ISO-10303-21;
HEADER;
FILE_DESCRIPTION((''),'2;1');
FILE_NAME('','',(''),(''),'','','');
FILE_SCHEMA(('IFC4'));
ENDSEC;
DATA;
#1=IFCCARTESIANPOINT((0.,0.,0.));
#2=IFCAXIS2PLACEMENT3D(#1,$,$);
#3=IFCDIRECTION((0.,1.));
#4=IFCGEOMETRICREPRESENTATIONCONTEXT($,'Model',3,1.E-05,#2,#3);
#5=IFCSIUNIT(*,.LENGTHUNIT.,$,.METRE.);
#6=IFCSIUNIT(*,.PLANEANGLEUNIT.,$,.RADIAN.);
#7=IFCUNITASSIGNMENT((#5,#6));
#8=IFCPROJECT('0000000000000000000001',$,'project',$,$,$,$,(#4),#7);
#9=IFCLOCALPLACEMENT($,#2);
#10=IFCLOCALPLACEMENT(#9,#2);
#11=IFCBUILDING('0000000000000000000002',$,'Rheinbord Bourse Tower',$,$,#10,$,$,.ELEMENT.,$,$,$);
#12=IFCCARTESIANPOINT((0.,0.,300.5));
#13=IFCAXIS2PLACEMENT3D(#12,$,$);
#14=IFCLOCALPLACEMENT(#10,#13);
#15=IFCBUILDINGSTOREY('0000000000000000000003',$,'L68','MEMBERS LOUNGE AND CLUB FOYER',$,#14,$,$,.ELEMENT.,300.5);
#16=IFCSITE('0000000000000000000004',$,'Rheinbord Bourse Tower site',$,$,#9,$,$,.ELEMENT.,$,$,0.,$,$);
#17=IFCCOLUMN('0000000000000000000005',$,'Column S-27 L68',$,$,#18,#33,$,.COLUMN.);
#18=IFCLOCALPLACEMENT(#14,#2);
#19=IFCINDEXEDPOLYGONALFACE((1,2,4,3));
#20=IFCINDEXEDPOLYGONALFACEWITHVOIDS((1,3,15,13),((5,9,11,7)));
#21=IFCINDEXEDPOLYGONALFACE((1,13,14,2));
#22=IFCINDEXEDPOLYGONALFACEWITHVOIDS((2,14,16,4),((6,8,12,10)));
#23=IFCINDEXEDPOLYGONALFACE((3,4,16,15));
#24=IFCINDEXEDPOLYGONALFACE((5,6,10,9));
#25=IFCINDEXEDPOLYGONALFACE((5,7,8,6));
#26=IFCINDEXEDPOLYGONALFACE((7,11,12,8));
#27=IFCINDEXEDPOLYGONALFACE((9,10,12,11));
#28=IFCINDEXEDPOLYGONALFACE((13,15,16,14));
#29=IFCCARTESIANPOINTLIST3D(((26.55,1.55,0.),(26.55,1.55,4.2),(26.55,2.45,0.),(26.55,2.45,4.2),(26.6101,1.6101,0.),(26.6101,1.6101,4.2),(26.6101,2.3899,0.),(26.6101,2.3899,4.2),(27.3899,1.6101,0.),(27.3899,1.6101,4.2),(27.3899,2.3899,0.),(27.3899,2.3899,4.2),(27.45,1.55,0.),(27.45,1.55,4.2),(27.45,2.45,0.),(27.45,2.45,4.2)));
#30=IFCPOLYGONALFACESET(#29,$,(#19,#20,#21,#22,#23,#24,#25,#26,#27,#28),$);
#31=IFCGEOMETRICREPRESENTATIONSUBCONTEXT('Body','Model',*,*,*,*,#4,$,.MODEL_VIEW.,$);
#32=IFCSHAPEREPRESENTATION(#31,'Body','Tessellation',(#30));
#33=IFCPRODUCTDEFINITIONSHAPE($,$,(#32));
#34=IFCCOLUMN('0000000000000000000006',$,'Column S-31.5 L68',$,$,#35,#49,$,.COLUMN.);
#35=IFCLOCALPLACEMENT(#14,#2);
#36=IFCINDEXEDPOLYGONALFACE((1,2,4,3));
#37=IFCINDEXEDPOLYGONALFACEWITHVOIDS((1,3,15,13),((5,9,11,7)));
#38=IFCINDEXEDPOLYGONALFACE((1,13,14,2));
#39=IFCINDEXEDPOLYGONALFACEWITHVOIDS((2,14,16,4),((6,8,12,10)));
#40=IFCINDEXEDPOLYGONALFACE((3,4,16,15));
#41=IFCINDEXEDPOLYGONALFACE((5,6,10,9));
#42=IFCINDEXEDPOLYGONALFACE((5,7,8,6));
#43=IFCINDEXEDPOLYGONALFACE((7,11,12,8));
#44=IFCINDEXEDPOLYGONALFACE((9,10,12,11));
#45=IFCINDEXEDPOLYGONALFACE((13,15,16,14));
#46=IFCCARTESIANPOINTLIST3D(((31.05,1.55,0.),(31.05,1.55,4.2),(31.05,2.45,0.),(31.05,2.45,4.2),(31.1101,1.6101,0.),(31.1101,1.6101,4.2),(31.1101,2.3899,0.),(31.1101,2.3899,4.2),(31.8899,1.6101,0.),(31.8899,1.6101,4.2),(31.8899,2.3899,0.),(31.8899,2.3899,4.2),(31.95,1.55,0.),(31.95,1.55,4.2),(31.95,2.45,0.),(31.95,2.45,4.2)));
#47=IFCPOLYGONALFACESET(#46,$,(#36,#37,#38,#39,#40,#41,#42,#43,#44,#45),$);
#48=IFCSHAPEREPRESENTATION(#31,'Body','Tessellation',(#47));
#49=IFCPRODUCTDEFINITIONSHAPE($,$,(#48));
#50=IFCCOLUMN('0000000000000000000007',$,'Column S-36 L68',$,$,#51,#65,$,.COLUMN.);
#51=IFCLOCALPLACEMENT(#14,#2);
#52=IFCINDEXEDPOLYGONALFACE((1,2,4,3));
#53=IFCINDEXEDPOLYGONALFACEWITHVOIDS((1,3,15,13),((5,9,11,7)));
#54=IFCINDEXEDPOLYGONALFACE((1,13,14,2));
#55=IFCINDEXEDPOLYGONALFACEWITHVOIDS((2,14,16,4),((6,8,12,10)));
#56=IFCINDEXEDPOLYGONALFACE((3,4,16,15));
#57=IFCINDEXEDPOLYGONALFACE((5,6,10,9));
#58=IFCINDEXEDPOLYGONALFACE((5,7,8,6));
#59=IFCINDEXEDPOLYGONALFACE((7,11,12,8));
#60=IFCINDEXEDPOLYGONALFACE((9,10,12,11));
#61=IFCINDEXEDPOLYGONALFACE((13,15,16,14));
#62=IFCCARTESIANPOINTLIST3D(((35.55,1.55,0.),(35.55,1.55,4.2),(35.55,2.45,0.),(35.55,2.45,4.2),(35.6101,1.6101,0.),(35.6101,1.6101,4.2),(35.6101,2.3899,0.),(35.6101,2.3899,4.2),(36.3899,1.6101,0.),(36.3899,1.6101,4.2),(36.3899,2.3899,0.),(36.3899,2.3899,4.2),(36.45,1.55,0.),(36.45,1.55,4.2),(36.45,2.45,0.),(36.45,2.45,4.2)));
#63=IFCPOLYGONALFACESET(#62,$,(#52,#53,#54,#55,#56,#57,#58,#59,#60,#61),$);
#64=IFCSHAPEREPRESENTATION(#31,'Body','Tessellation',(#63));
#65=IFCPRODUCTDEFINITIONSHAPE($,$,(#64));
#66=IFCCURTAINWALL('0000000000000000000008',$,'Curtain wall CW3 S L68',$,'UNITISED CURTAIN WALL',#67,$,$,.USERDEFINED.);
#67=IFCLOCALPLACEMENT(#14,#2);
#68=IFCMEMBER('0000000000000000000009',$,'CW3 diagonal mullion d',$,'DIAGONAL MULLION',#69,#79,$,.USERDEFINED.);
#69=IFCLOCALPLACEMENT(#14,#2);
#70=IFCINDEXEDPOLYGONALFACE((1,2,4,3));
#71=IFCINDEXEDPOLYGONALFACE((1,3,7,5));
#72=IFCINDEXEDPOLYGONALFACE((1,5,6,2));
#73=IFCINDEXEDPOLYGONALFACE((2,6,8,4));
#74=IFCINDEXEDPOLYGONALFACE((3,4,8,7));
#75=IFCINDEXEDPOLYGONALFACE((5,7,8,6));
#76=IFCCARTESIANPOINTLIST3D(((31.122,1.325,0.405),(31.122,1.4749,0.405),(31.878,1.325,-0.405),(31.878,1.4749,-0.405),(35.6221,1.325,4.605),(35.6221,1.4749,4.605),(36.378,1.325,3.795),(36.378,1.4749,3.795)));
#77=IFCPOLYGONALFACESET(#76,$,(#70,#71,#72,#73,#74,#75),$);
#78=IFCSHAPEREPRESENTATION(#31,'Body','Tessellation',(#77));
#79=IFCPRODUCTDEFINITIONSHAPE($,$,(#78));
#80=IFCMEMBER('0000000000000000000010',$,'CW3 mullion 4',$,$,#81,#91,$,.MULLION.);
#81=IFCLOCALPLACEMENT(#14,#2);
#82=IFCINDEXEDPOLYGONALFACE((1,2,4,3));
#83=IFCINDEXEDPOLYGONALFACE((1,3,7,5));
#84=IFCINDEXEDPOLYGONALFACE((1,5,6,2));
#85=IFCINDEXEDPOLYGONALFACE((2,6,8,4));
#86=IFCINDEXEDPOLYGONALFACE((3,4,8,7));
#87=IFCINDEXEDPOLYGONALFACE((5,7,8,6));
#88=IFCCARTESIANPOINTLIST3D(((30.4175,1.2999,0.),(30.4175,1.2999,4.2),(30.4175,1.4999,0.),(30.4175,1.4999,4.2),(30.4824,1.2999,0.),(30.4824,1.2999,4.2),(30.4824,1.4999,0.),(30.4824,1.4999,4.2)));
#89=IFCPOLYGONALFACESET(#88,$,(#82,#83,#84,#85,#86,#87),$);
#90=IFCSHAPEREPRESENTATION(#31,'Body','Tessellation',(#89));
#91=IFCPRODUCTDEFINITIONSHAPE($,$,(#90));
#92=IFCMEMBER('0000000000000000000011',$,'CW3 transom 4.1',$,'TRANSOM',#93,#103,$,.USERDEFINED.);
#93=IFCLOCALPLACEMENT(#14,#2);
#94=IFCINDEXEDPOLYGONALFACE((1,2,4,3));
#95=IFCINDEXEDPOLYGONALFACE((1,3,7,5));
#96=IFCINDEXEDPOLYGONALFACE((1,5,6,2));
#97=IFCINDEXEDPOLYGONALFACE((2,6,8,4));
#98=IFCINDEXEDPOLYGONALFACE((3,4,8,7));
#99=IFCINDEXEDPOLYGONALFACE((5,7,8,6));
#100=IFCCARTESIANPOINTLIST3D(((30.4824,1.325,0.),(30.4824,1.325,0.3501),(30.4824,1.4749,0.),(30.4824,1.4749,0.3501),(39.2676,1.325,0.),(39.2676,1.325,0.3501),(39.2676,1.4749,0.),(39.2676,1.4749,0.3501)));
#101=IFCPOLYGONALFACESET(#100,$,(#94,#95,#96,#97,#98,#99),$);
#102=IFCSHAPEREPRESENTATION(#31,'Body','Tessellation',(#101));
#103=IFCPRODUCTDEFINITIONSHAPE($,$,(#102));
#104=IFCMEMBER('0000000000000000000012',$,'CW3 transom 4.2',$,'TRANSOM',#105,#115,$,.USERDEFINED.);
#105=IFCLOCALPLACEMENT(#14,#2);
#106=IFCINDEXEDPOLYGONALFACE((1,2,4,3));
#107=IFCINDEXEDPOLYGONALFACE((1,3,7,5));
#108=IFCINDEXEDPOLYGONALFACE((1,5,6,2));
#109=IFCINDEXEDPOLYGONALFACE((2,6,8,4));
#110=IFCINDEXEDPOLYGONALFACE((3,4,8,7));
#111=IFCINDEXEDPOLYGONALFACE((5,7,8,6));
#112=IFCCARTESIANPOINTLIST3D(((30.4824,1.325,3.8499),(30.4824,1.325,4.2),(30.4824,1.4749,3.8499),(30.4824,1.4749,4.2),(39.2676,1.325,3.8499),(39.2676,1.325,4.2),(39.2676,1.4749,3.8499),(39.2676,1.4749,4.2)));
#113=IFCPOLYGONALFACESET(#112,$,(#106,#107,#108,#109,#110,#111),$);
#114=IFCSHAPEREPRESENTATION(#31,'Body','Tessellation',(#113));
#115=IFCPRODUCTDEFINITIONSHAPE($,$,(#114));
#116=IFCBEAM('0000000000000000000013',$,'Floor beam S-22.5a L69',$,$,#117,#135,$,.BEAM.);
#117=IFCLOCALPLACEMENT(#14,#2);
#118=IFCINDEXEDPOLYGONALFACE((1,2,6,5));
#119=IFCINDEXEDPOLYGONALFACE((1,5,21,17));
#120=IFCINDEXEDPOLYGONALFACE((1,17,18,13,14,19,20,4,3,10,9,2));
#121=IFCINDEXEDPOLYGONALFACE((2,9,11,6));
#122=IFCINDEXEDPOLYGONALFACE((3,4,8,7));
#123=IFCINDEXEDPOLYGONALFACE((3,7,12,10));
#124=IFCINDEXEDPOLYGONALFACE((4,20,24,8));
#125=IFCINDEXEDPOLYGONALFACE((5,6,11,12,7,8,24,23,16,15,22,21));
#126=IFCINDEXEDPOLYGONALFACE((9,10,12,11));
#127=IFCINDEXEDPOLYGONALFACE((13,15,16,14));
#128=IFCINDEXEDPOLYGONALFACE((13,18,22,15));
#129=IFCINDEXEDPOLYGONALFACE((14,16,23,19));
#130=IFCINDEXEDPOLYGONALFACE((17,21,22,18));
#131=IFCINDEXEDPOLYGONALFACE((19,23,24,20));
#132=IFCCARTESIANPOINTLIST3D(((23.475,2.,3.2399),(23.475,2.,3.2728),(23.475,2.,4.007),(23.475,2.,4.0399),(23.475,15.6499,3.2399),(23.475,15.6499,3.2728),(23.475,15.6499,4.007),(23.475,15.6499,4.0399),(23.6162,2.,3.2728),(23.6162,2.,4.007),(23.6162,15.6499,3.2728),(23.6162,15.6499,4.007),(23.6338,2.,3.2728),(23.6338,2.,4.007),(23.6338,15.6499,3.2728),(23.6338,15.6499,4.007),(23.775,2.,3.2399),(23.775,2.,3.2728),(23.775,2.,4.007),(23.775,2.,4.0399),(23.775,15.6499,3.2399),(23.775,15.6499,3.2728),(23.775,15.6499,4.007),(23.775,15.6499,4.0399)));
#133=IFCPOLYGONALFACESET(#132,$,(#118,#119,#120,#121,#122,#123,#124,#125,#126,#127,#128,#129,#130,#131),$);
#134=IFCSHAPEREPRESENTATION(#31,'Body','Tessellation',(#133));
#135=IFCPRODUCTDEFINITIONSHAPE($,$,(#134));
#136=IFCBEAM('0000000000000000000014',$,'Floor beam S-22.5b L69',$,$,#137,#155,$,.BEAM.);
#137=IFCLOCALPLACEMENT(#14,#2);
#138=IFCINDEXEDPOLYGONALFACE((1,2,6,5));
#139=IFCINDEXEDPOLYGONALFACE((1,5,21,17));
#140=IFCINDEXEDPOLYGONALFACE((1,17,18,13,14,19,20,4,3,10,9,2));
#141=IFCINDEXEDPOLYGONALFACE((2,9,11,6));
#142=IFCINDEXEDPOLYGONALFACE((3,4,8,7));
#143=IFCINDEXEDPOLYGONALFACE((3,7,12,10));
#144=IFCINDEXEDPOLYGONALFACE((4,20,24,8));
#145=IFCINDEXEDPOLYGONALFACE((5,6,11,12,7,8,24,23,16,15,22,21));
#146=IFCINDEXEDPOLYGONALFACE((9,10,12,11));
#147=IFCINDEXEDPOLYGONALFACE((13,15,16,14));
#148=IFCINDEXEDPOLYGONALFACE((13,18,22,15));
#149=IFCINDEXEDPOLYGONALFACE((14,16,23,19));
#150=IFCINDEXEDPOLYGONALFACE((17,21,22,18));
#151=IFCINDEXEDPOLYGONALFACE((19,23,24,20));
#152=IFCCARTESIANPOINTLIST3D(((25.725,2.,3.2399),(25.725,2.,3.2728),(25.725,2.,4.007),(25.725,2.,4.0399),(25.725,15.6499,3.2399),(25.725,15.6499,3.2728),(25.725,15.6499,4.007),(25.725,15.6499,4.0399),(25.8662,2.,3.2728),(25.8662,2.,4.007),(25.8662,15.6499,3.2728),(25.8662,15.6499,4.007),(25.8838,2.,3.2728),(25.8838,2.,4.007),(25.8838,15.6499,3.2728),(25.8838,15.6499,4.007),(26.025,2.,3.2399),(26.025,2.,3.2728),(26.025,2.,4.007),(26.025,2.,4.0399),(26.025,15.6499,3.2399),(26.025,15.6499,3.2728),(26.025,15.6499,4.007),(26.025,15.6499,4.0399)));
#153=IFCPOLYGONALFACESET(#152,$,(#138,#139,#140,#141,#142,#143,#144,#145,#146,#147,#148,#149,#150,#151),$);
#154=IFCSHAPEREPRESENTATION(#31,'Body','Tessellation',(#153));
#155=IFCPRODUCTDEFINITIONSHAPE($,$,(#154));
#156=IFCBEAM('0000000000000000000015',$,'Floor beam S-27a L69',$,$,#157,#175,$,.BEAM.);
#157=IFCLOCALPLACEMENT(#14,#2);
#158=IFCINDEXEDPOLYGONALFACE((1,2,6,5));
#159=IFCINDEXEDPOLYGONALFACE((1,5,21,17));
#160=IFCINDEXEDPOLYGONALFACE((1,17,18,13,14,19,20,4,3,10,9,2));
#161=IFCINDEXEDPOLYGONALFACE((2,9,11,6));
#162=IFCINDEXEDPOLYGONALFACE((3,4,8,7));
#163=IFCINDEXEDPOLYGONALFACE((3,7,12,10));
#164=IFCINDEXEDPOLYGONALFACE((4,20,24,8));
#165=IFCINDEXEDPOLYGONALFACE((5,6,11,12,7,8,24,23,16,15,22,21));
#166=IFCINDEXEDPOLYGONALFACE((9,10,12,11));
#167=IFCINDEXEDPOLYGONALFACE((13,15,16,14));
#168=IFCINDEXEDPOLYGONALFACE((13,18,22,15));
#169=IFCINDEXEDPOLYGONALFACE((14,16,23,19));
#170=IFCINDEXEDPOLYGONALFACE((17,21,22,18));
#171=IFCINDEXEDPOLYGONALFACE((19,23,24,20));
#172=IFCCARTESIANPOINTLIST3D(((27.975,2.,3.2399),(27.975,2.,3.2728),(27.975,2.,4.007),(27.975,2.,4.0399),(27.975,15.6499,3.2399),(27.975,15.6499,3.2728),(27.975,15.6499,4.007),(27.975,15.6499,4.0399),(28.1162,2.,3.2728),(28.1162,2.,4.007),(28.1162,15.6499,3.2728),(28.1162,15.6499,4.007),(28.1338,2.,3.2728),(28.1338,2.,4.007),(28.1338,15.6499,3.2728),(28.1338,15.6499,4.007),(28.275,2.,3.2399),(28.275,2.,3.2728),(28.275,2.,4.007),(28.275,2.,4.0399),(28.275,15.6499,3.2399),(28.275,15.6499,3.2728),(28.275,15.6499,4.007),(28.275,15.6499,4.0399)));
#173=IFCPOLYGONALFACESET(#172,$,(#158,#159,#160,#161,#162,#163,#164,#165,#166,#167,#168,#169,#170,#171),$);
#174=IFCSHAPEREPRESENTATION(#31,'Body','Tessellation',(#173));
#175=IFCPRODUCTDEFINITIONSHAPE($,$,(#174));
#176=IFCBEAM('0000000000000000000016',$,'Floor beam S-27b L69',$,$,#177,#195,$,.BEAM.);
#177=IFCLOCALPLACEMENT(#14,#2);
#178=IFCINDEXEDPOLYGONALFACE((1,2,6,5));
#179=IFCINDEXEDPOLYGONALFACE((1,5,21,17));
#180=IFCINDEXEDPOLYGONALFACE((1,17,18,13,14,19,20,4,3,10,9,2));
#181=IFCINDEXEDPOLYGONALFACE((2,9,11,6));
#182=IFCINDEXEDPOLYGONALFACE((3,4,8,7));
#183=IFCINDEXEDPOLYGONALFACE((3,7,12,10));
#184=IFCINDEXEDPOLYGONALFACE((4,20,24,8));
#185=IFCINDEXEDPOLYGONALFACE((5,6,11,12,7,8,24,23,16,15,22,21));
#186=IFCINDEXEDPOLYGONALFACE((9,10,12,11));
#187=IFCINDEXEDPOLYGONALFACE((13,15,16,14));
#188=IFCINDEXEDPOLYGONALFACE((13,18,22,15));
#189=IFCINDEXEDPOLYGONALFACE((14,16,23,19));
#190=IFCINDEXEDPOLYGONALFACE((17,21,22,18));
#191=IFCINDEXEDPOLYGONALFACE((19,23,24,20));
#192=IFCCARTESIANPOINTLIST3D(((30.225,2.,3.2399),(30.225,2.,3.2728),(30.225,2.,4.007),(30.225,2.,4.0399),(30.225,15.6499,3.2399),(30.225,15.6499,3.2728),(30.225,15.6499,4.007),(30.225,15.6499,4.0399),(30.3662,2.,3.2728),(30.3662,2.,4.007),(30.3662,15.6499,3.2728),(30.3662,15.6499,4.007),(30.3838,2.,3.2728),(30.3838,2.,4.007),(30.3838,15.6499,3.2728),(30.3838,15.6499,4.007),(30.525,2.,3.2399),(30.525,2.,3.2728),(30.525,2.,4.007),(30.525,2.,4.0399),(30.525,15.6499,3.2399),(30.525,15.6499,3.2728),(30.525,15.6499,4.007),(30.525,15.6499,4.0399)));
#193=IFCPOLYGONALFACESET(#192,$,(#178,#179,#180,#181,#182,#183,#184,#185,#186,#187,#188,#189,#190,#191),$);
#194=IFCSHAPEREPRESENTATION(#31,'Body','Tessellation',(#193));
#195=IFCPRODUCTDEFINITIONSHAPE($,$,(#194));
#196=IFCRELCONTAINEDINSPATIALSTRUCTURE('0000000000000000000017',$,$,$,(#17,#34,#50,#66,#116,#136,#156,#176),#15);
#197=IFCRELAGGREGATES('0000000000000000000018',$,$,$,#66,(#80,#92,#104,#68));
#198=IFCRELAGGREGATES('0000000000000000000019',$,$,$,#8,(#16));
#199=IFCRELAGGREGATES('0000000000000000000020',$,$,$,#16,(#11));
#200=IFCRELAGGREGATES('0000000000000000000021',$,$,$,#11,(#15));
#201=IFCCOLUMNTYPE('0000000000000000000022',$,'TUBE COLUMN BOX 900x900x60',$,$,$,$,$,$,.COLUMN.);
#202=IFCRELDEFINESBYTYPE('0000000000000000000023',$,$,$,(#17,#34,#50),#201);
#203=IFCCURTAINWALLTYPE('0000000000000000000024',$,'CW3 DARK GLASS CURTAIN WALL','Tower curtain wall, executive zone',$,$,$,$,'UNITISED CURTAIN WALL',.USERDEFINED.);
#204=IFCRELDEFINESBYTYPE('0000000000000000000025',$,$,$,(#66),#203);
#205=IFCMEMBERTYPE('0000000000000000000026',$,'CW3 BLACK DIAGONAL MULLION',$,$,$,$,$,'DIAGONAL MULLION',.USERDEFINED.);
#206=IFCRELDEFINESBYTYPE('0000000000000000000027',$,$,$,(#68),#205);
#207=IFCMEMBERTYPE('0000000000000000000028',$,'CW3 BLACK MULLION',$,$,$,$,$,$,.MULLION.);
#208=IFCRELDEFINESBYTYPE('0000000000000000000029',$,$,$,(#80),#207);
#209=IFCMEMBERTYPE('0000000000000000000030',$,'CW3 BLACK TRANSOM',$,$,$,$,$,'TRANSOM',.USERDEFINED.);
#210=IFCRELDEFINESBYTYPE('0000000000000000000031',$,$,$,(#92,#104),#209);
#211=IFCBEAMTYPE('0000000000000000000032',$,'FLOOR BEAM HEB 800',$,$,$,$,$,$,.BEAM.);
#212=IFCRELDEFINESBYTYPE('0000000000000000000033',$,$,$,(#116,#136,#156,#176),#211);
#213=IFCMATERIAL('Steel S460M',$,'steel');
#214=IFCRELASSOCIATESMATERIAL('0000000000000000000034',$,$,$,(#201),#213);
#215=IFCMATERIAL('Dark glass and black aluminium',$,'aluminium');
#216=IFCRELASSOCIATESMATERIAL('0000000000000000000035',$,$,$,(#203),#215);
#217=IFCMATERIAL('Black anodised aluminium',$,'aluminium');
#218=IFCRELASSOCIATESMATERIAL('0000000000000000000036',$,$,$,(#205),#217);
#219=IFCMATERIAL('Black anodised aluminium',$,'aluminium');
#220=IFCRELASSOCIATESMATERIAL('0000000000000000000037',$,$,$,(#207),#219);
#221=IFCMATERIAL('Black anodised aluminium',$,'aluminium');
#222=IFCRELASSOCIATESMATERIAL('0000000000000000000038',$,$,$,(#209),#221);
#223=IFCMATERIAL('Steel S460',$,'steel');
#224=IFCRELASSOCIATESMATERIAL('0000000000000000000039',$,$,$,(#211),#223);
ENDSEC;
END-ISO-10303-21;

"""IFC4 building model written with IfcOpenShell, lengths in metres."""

from ifc_helpers import new_model, si_unit, direction, frame, origin, origin_2d, place, context, subcontext, project, spatial, rectangle, hollow_rectangle, i_section, extrude, material, material_profile, profile_set, type_object, element, aggregate, save


model = new_model("IFC4")

# Units and contexts
model_context = context("Model", 3, precision=1e-05, world=origin(), true_north=direction((0.0, 1.0)))
body_context = subcontext(model_context, "Body", "Model", "MODEL_VIEW")
ifc_project = project(units=[si_unit("LENGTHUNIT", "METRE"), si_unit("PLANEANGLEUNIT", "RADIAN")], contexts=[model_context])

# Site, building, storey
site_placement = place(None, origin())
site = spatial("IfcSite", under=ifc_project, at=site_placement, Name="Rheinbord Bourse Tower site", CompositionType="ELEMENT", RefElevation=0.0)
building_placement = place(site_placement, origin())
building = spatial("IfcBuilding", under=site, at=building_placement, Name="Rheinbord Bourse Tower", CompositionType="ELEMENT")
storey_placement = place(building_placement, frame((0.0, 0.0, 300.5)))
storey = spatial("IfcBuildingStorey", under=building, at=storey_placement, Name="L68", Description="MEMBERS LOUNGE AND CLUB FOYER", CompositionType="ELEMENT", Elevation=300.5)

# Columns
ifc_material_1 = material(Name="Steel S460M", Category="steel")
ifc_material_profile_1 = material_profile(ifc_material_1, hollow_rectangle(XDim=0.8999, YDim=0.8999, WallThickness=0.0601, at=origin_2d()), Name="BOX 900x900x60")
ifc_profile_set_1 = profile_set([ifc_material_profile_1], Name="Steel S460M")
column_type = type_object("IfcColumnType", Name="TUBE COLUMN BOX 900x900x60", PredefinedType="COLUMN", material=ifc_profile_set_1)
for number, where, z_axis, x_axis, name in (
    (1, (27.0, 2.0, 0.0), (0.0, 0.0, 1.0), (0.0, 1.0, 0.0), "Column S-27 L68"),
    (2, (31.5, 2.0, 0.0), (0.0, 0.0, 1.0), (0.0, 1.0, 0.0), "Column S-31.5 L68"),
    (3, (36.0, 2.0, 0.0), (0.0, 0.0, 1.0), (0.0, 1.0, 0.0), "Column S-36 L68"),
):
    element("IfcColumn", number, at=place(storey_placement, frame(where, z_axis=z_axis, x_axis=x_axis)), inside=storey, type_object=column_type, Name=name, PredefinedType="COLUMN", context=body_context, shape_type="SweptSolid", body=[
        extrude(hollow_rectangle(XDim=0.8999, YDim=0.8999, WallThickness=0.0601, at=origin_2d()), origin(), (0.0, 0.0, 1.0), 4.2),
    ])

# Curtain wall, members
ifc_material_2 = material(Name="Dark glass and black aluminium", Category="aluminium")
curtain_wall_type = type_object("IfcCurtainWallType", Name="CW3 DARK GLASS CURTAIN WALL", Description="Tower curtain wall, executive zone", ElementType="UNITISED CURTAIN WALL", PredefinedType="USERDEFINED", material=ifc_material_2)
curtain_wall_placement = place(storey_placement, origin())
curtain_wall = element("IfcCurtainWall", 4, at=curtain_wall_placement, inside=storey, type_object=curtain_wall_type, Name="Curtain wall CW3 S L68", ObjectType="UNITISED CURTAIN WALL", PredefinedType="USERDEFINED")
ifc_material_3 = material(Name="Black anodised aluminium", Category="aluminium")
ifc_material_profile_2 = material_profile(ifc_material_3, rectangle(XDim=0.1499, YDim=1.1079, at=origin_2d()), Name="CW3 DIAGONAL MULLION 1108x150")
ifc_profile_set_2 = profile_set([ifc_material_profile_2], Name="Black anodised aluminium")
member_type_1 = type_object("IfcMemberType", Name="CW3 BLACK DIAGONAL MULLION", ElementType="DIAGONAL MULLION", PredefinedType="USERDEFINED", material=ifc_profile_set_2)
member_1_placement = place(storey_placement, frame((31.5, 1.3999, 0.0), z_axis=(0.731059, 0.0, 0.682314), x_axis=(0.0, 1.0, 0.0)))
member_1 = element("IfcMember", 5, at=member_1_placement, type_object=member_type_1, Name="CW3 diagonal mullion d", ObjectType="DIAGONAL MULLION", PredefinedType="USERDEFINED", context=body_context, shape_type="SweptSolid", body=[
    extrude(rectangle(XDim=0.1499, YDim=1.1079, at=origin_2d()), origin(), (0.0, 0.0, 1.0), 6.1555),
])
ifc_material_4 = material(Name="Black anodised aluminium", Category="aluminium")
ifc_material_profile_3 = material_profile(ifc_material_4, rectangle(XDim=0.2, YDim=0.0649, at=origin_2d()), Name="CW3 MULLION 65x200")
ifc_profile_set_3 = profile_set([ifc_material_profile_3], Name="Black anodised aluminium")
member_type_2 = type_object("IfcMemberType", Name="CW3 BLACK MULLION", PredefinedType="MULLION", material=ifc_profile_set_3)
member_2_placement = place(storey_placement, frame((30.45, 1.3999, 0.0), z_axis=(0.0, 0.0, 1.0), x_axis=(0.0, 1.0, 0.0)))
member_2 = element("IfcMember", 6, at=member_2_placement, type_object=member_type_2, Name="CW3 mullion 4", PredefinedType="MULLION", context=body_context, shape_type="SweptSolid", body=[
    extrude(rectangle(XDim=0.2, YDim=0.0649, at=origin_2d()), origin(), (0.0, 0.0, 1.0), 4.2),
])
ifc_material_5 = material(Name="Black anodised aluminium", Category="aluminium")
ifc_material_profile_4 = material_profile(ifc_material_5, rectangle(XDim=0.1499, YDim=0.3501, at=origin_2d()), Name="CW3 TRANSOM 350x150")
ifc_profile_set_4 = profile_set([ifc_material_profile_4], Name="Black anodised aluminium")
member_type_3 = type_object("IfcMemberType", Name="CW3 BLACK TRANSOM", ElementType="TRANSOM", PredefinedType="USERDEFINED", material=ifc_profile_set_4)
member_3_placement = place(storey_placement, frame((30.4824, 1.3999, 0.175), z_axis=(1.0, 0.0, 0.0), x_axis=(0.0, 1.0, 0.0)))
member_3 = element("IfcMember", 7, at=member_3_placement, type_object=member_type_3, Name="CW3 transom 4.1", ObjectType="TRANSOM", PredefinedType="USERDEFINED", context=body_context, shape_type="SweptSolid", body=[
    extrude(rectangle(XDim=0.1499, YDim=0.3501, at=origin_2d()), origin(), (0.0, 0.0, 1.0), 8.7852),
])
member_4_placement = place(storey_placement, frame((30.4824, 1.3999, 4.0249), z_axis=(1.0, 0.0, 0.0), x_axis=(0.0, 1.0, 0.0)))
member_4 = element("IfcMember", 8, at=member_4_placement, type_object=member_type_3, Name="CW3 transom 4.2", ObjectType="TRANSOM", PredefinedType="USERDEFINED", context=body_context, shape_type="SweptSolid", body=[
    extrude(rectangle(XDim=0.1499, YDim=0.3501, at=origin_2d()), origin(), (0.0, 0.0, 1.0), 8.7852),
])

# Beams
ifc_material_6 = material(Name="Steel S460", Category="steel")
ifc_material_profile_5 = material_profile(ifc_material_6, i_section(OverallWidth=0.3, OverallDepth=0.8, WebThickness=0.0176, FlangeThickness=0.033, at=origin_2d()), Name="HEB 800")
ifc_profile_set_5 = profile_set([ifc_material_profile_5], Name="Steel S460")
beam_type_1 = type_object("IfcBeamType", Name="FLOOR BEAM HEB 800", PredefinedType="BEAM", material=ifc_profile_set_5)
for number, where, z_axis, x_axis, name in (
    (9, (23.625, 2.0, 3.6399), (0.0, 1.0, 0.0), (-1.0, 0.0, 0.0), "Floor beam S-22.5a L69"),
    (10, (25.875, 2.0, 3.6399), (0.0, 1.0, 0.0), (-1.0, 0.0, 0.0), "Floor beam S-22.5b L69"),
    (11, (28.125, 2.0, 3.6399), (0.0, 1.0, 0.0), (-1.0, 0.0, 0.0), "Floor beam S-27a L69"),
    (12, (30.375, 2.0, 3.6399), (0.0, 1.0, 0.0), (-1.0, 0.0, 0.0), "Floor beam S-27b L69"),
):
    element("IfcBeam", number, at=place(storey_placement, frame(where, z_axis=z_axis, x_axis=x_axis)), inside=storey, type_object=beam_type_1, Name=name, PredefinedType="BEAM", context=body_context, shape_type="SweptSolid", body=[
        extrude(i_section(OverallWidth=0.3, OverallDepth=0.8, WebThickness=0.0176, FlangeThickness=0.033, at=origin_2d()), origin(), (0.0, 0.0, 1.0), 13.6499),
    ])

aggregate(curtain_wall, [member_2, member_3, member_4, member_1])

save(model, "model.ifc")
